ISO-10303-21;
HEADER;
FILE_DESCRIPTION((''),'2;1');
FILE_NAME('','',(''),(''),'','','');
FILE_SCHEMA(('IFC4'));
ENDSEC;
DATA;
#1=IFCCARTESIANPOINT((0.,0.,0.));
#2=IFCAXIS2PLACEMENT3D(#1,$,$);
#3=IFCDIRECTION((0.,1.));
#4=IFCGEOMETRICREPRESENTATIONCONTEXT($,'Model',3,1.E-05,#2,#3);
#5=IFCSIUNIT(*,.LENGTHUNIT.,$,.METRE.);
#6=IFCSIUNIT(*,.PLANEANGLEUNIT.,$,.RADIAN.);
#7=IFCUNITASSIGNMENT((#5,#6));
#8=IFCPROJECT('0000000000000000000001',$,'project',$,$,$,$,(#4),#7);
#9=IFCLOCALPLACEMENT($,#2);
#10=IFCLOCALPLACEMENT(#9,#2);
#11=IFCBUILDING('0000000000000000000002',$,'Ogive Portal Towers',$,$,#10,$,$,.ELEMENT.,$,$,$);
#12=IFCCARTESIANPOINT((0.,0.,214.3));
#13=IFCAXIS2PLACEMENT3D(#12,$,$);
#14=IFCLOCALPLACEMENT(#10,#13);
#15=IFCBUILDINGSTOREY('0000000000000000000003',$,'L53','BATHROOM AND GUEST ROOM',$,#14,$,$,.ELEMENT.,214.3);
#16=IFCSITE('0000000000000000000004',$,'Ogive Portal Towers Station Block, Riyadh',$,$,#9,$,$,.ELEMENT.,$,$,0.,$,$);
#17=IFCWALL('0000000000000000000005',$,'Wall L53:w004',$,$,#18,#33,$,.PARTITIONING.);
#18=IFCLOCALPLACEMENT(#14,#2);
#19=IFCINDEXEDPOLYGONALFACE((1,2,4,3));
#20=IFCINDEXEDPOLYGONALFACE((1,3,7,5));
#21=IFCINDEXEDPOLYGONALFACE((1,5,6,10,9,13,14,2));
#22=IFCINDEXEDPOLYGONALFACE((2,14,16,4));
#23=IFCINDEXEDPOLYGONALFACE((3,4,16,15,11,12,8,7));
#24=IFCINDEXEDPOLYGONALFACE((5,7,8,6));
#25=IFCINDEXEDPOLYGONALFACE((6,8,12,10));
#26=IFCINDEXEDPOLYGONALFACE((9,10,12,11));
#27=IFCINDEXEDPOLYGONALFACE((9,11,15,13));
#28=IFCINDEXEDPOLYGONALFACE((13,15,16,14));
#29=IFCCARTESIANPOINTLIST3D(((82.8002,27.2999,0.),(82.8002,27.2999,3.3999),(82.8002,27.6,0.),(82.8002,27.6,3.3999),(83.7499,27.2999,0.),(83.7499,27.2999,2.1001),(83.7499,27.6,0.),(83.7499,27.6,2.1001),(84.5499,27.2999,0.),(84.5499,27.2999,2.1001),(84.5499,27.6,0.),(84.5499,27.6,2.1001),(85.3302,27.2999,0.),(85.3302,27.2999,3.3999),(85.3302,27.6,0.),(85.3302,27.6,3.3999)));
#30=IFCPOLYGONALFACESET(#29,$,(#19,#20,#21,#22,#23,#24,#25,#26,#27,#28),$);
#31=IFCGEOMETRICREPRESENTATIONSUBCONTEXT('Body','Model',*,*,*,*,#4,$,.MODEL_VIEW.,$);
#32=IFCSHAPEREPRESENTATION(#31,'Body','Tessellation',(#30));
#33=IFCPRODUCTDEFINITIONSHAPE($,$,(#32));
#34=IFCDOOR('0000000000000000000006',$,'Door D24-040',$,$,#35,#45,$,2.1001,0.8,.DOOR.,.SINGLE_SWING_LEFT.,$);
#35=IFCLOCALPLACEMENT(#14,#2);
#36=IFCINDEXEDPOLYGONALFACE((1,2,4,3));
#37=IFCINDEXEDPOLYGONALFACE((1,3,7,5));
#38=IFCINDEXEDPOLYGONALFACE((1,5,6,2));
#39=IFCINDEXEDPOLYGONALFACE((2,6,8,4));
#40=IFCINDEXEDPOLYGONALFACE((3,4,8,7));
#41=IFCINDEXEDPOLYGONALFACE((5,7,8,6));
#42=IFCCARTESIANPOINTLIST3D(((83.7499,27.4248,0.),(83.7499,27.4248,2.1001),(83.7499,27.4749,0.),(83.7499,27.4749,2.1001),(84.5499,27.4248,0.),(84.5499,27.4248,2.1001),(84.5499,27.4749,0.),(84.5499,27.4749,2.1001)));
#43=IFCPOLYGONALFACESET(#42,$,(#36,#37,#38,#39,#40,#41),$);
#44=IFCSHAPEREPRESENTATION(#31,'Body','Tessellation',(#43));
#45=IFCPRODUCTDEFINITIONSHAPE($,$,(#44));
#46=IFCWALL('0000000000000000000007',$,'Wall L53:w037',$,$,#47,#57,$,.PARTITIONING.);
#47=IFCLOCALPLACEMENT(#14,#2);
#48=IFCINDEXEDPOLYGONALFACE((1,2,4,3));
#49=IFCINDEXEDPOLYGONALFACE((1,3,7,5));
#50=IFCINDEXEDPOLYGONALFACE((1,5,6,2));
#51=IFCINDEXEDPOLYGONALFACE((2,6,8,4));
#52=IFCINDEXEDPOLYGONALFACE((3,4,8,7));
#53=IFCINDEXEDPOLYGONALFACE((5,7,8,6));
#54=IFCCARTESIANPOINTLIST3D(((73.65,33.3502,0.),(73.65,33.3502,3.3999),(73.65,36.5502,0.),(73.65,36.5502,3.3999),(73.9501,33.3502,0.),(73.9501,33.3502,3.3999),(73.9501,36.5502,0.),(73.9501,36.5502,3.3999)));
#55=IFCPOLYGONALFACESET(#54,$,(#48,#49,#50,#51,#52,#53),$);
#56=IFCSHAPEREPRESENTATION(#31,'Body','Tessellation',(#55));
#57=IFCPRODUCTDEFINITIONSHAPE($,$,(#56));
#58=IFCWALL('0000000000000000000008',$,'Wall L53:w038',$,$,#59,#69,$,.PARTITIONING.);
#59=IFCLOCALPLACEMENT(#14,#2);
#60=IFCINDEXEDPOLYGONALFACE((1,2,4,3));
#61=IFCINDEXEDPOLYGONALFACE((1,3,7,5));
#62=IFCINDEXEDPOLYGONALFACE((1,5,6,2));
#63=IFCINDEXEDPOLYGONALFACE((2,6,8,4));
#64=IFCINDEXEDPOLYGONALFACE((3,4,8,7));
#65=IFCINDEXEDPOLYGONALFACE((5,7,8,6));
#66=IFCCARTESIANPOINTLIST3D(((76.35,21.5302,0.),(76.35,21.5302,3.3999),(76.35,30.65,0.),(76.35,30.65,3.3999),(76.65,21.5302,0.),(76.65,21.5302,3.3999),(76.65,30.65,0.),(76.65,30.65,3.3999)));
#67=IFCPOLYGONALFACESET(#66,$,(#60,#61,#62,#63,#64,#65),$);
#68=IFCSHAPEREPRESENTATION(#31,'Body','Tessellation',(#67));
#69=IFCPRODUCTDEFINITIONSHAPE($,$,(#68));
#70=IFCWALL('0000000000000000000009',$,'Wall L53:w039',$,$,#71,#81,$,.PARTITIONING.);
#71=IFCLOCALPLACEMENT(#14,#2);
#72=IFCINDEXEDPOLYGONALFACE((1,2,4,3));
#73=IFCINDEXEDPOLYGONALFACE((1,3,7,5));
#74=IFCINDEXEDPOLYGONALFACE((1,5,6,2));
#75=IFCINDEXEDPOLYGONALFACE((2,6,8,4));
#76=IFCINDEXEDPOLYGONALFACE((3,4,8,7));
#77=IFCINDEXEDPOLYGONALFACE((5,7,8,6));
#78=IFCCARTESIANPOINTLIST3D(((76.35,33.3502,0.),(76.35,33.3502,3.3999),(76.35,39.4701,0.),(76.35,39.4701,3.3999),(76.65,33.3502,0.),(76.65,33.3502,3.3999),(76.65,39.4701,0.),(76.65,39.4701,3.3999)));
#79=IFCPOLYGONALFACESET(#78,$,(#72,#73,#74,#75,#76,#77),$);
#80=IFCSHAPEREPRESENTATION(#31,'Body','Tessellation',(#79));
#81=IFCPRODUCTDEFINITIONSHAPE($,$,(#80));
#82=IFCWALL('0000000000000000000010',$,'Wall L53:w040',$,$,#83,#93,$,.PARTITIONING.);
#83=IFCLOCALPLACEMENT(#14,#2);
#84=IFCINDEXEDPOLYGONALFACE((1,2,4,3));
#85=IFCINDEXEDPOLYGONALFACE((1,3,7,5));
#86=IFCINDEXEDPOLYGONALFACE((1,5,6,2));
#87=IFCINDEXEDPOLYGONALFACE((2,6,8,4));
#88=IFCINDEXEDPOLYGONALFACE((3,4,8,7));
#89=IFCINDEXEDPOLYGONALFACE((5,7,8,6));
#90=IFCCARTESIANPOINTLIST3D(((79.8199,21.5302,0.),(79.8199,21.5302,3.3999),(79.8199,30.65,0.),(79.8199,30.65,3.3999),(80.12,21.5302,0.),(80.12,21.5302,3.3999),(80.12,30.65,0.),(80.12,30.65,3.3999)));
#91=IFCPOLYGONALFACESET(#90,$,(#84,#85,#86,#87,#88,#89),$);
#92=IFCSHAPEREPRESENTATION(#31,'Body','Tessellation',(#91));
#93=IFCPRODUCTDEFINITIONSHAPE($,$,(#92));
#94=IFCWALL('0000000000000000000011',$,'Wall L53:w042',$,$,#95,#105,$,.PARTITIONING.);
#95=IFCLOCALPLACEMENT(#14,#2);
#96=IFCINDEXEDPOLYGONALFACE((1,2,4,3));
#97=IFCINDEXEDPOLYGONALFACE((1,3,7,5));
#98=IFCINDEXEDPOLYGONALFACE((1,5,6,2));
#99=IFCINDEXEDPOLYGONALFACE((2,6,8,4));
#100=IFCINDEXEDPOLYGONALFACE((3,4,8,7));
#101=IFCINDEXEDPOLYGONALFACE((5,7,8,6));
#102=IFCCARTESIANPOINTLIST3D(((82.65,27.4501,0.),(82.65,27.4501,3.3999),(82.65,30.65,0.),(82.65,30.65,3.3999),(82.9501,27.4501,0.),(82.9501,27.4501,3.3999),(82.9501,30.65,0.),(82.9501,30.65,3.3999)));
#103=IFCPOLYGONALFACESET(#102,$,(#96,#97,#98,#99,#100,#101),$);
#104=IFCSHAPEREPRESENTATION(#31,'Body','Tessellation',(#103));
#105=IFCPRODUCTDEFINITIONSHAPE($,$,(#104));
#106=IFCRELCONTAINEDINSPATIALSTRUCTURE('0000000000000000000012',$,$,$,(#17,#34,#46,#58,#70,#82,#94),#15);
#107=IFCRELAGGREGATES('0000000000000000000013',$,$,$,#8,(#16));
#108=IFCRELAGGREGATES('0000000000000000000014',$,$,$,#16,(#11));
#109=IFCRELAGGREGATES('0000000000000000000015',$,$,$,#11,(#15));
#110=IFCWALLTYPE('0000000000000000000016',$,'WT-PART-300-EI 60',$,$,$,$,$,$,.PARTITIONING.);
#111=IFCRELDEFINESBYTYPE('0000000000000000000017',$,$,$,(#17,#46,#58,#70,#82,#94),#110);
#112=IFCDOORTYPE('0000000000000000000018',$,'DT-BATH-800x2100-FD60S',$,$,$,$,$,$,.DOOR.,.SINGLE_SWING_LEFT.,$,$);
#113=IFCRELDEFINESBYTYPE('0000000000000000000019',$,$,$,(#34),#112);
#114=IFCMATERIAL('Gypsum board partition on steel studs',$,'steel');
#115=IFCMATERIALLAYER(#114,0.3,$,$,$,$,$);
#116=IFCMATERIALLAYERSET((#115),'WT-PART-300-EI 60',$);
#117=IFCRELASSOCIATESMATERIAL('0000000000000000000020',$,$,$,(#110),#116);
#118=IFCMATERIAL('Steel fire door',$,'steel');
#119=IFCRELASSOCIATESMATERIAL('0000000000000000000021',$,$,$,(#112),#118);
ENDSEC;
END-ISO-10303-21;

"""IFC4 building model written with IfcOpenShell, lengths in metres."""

from ifc_helpers import new_model, si_unit, direction, frame, frame_2d, origin, place, context, subcontext, project, spatial, rectangle, extrude, material, layer, layer_set, type_object, element, fill, save


model = new_model("IFC4")

# Units and contexts
model_context = context("Model", 3, precision=1e-05, world=origin(), true_north=direction((0.0, 1.0)))
body_context = subcontext(model_context, "Body", "Model", "MODEL_VIEW")
ifc_project = project(units=[si_unit("LENGTHUNIT", "METRE"), si_unit("PLANEANGLEUNIT", "RADIAN")], contexts=[model_context])

# Site, building, storey
site_placement = place(None, origin())
site = spatial("IfcSite", under=ifc_project, at=site_placement, Name="Ogive Portal Towers Station Block, Riyadh", CompositionType="ELEMENT", RefElevation=0.0)
building_placement = place(site_placement, origin())
building = spatial("IfcBuilding", under=site, at=building_placement, Name="Ogive Portal Towers", CompositionType="ELEMENT")
storey_placement = place(building_placement, frame((0.0, 0.0, 214.3)))
storey = spatial("IfcBuildingStorey", under=building, at=storey_placement, Name="L53", Description="BATHROOM AND GUEST ROOM", CompositionType="ELEMENT", Elevation=214.3)

# Shared definitions
ifc_material_1 = material(Name="Steel fire door", Category="steel")

# Wall, opening, door
ifc_material_2 = material(Name="Gypsum board partition on steel studs", Category="steel")
ifc_layer_1 = layer(ifc_material_2, 0.3)
ifc_layer_set_1 = layer_set([ifc_layer_1], Name="WT-PART-300-EI 60")
wall_type_1 = type_object("IfcWallType", Name="WT-PART-300-EI 60", PredefinedType="PARTITIONING", material=ifc_layer_set_1)
wall_1_placement = place(storey_placement, frame((82.8, 27.45, 0.0), z_axis=(0.0, 0.0, 1.0), x_axis=(1.0, 0.0, 0.0)))
wall_1 = element("IfcWall", 1, at=wall_1_placement, inside=storey, type_object=wall_type_1, Name="Wall L53:w004", PredefinedType="PARTITIONING", context=body_context, shape_type="SweptSolid", body=[
    extrude(rectangle(XDim=2.53, YDim=0.3, at=frame_2d((1.2651, 0.0))), origin(), (0.0, 0.0, 1.0), 3.3999),
])
opening_1_placement = place(wall_1_placement, frame((0.95, 0.0, 0.0)))
opening_1 = element("IfcOpeningElement", 2, at=opening_1_placement, cuts=wall_1, PredefinedType="OPENING", context=body_context, shape_type="SweptSolid", body=[
    extrude(rectangle(XDim=0.8, YDim=2.1001, at=frame_2d((0.3999, 1.05))), frame((0.0, 0.1602, 0.0), z_axis=(0.0, -1.0, 0.0), x_axis=(1.0, 0.0, 0.0)), (0.0, 0.0, 1.0), 0.3201),
])
door_type_1 = type_object("IfcDoorType", Name="DT-BATH-800x2100-FD60S", OperationType="SINGLE_SWING_LEFT", PredefinedType="DOOR", material=ifc_material_1)
door_1_placement = place(opening_1_placement, origin())
door_1 = element("IfcDoor", 3, at=door_1_placement, inside=storey, type_object=door_type_1, Name="Door D24-040", OperationType="SINGLE_SWING_LEFT", OverallHeight=2.1001, OverallWidth=0.8, PredefinedType="DOOR", context=body_context, shape_type="SweptSolid", body=[
    extrude(rectangle(XDim=0.8, YDim=2.1001, at=frame_2d((0.3999, 1.05))), frame((0.0, 0.0249, 0.0), z_axis=(0.0, -1.0, 0.0), x_axis=(1.0, 0.0, 0.0)), (0.0, 0.0, 1.0), 0.05),
])
fill(opening_1, door_1)

# Walls
wall_2_placement = place(storey_placement, frame((73.8, 33.3501, 0.0), z_axis=(0.0, 0.0, 1.0), x_axis=(0.0, 1.0, 0.0)))
element("IfcWall", 4, at=wall_2_placement, inside=storey, type_object=wall_type_1, Name="Wall L53:w037", PredefinedType="PARTITIONING", context=body_context, shape_type="SweptSolid", body=[
    extrude(rectangle(XDim=3.2, YDim=0.3, at=frame_2d((1.6001, 0.0))), origin(), (0.0, 0.0, 1.0), 3.3999),
])
wall_3_placement = place(storey_placement, frame((76.5, 21.53, 0.0), z_axis=(0.0, 0.0, 1.0), x_axis=(0.0, 1.0, 0.0)))
element("IfcWall", 5, at=wall_3_placement, inside=storey, type_object=wall_type_1, Name="Wall L53:w038", PredefinedType="PARTITIONING", context=body_context, shape_type="SweptSolid", body=[
    extrude(rectangle(XDim=9.1199, YDim=0.3, at=frame_2d((4.5601, 0.0))), origin(), (0.0, 0.0, 1.0), 3.3999),
])
wall_4_placement = place(storey_placement, frame((76.5, 33.3501, 0.0), z_axis=(0.0, 0.0, 1.0), x_axis=(0.0, 1.0, 0.0)))
element("IfcWall", 6, at=wall_4_placement, inside=storey, type_object=wall_type_1, Name="Wall L53:w039", PredefinedType="PARTITIONING", context=body_context, shape_type="SweptSolid", body=[
    extrude(rectangle(XDim=6.1199, YDim=0.3, at=frame_2d((3.0601, 0.0))), origin(), (0.0, 0.0, 1.0), 3.3999),
])
wall_5_placement = place(storey_placement, frame((79.97, 21.53, 0.0), z_axis=(0.0, 0.0, 1.0), x_axis=(0.0, 1.0, 0.0)))
element("IfcWall", 7, at=wall_5_placement, inside=storey, type_object=wall_type_1, Name="Wall L53:w040", PredefinedType="PARTITIONING", context=body_context, shape_type="SweptSolid", body=[
    extrude(rectangle(XDim=9.1199, YDim=0.3, at=frame_2d((4.5601, 0.0))), origin(), (0.0, 0.0, 1.0), 3.3999),
])
wall_6_placement = place(storey_placement, frame((82.8, 27.45, 0.0), z_axis=(0.0, 0.0, 1.0), x_axis=(0.0, 1.0, 0.0)))
element("IfcWall", 8, at=wall_6_placement, inside=storey, type_object=wall_type_1, Name="Wall L53:w042", PredefinedType="PARTITIONING", context=body_context, shape_type="SweptSolid", body=[
    extrude(rectangle(XDim=3.2, YDim=0.3, at=frame_2d((1.6001, 0.0))), origin(), (0.0, 0.0, 1.0), 3.3999),
])

save(model, "model.ifc")
